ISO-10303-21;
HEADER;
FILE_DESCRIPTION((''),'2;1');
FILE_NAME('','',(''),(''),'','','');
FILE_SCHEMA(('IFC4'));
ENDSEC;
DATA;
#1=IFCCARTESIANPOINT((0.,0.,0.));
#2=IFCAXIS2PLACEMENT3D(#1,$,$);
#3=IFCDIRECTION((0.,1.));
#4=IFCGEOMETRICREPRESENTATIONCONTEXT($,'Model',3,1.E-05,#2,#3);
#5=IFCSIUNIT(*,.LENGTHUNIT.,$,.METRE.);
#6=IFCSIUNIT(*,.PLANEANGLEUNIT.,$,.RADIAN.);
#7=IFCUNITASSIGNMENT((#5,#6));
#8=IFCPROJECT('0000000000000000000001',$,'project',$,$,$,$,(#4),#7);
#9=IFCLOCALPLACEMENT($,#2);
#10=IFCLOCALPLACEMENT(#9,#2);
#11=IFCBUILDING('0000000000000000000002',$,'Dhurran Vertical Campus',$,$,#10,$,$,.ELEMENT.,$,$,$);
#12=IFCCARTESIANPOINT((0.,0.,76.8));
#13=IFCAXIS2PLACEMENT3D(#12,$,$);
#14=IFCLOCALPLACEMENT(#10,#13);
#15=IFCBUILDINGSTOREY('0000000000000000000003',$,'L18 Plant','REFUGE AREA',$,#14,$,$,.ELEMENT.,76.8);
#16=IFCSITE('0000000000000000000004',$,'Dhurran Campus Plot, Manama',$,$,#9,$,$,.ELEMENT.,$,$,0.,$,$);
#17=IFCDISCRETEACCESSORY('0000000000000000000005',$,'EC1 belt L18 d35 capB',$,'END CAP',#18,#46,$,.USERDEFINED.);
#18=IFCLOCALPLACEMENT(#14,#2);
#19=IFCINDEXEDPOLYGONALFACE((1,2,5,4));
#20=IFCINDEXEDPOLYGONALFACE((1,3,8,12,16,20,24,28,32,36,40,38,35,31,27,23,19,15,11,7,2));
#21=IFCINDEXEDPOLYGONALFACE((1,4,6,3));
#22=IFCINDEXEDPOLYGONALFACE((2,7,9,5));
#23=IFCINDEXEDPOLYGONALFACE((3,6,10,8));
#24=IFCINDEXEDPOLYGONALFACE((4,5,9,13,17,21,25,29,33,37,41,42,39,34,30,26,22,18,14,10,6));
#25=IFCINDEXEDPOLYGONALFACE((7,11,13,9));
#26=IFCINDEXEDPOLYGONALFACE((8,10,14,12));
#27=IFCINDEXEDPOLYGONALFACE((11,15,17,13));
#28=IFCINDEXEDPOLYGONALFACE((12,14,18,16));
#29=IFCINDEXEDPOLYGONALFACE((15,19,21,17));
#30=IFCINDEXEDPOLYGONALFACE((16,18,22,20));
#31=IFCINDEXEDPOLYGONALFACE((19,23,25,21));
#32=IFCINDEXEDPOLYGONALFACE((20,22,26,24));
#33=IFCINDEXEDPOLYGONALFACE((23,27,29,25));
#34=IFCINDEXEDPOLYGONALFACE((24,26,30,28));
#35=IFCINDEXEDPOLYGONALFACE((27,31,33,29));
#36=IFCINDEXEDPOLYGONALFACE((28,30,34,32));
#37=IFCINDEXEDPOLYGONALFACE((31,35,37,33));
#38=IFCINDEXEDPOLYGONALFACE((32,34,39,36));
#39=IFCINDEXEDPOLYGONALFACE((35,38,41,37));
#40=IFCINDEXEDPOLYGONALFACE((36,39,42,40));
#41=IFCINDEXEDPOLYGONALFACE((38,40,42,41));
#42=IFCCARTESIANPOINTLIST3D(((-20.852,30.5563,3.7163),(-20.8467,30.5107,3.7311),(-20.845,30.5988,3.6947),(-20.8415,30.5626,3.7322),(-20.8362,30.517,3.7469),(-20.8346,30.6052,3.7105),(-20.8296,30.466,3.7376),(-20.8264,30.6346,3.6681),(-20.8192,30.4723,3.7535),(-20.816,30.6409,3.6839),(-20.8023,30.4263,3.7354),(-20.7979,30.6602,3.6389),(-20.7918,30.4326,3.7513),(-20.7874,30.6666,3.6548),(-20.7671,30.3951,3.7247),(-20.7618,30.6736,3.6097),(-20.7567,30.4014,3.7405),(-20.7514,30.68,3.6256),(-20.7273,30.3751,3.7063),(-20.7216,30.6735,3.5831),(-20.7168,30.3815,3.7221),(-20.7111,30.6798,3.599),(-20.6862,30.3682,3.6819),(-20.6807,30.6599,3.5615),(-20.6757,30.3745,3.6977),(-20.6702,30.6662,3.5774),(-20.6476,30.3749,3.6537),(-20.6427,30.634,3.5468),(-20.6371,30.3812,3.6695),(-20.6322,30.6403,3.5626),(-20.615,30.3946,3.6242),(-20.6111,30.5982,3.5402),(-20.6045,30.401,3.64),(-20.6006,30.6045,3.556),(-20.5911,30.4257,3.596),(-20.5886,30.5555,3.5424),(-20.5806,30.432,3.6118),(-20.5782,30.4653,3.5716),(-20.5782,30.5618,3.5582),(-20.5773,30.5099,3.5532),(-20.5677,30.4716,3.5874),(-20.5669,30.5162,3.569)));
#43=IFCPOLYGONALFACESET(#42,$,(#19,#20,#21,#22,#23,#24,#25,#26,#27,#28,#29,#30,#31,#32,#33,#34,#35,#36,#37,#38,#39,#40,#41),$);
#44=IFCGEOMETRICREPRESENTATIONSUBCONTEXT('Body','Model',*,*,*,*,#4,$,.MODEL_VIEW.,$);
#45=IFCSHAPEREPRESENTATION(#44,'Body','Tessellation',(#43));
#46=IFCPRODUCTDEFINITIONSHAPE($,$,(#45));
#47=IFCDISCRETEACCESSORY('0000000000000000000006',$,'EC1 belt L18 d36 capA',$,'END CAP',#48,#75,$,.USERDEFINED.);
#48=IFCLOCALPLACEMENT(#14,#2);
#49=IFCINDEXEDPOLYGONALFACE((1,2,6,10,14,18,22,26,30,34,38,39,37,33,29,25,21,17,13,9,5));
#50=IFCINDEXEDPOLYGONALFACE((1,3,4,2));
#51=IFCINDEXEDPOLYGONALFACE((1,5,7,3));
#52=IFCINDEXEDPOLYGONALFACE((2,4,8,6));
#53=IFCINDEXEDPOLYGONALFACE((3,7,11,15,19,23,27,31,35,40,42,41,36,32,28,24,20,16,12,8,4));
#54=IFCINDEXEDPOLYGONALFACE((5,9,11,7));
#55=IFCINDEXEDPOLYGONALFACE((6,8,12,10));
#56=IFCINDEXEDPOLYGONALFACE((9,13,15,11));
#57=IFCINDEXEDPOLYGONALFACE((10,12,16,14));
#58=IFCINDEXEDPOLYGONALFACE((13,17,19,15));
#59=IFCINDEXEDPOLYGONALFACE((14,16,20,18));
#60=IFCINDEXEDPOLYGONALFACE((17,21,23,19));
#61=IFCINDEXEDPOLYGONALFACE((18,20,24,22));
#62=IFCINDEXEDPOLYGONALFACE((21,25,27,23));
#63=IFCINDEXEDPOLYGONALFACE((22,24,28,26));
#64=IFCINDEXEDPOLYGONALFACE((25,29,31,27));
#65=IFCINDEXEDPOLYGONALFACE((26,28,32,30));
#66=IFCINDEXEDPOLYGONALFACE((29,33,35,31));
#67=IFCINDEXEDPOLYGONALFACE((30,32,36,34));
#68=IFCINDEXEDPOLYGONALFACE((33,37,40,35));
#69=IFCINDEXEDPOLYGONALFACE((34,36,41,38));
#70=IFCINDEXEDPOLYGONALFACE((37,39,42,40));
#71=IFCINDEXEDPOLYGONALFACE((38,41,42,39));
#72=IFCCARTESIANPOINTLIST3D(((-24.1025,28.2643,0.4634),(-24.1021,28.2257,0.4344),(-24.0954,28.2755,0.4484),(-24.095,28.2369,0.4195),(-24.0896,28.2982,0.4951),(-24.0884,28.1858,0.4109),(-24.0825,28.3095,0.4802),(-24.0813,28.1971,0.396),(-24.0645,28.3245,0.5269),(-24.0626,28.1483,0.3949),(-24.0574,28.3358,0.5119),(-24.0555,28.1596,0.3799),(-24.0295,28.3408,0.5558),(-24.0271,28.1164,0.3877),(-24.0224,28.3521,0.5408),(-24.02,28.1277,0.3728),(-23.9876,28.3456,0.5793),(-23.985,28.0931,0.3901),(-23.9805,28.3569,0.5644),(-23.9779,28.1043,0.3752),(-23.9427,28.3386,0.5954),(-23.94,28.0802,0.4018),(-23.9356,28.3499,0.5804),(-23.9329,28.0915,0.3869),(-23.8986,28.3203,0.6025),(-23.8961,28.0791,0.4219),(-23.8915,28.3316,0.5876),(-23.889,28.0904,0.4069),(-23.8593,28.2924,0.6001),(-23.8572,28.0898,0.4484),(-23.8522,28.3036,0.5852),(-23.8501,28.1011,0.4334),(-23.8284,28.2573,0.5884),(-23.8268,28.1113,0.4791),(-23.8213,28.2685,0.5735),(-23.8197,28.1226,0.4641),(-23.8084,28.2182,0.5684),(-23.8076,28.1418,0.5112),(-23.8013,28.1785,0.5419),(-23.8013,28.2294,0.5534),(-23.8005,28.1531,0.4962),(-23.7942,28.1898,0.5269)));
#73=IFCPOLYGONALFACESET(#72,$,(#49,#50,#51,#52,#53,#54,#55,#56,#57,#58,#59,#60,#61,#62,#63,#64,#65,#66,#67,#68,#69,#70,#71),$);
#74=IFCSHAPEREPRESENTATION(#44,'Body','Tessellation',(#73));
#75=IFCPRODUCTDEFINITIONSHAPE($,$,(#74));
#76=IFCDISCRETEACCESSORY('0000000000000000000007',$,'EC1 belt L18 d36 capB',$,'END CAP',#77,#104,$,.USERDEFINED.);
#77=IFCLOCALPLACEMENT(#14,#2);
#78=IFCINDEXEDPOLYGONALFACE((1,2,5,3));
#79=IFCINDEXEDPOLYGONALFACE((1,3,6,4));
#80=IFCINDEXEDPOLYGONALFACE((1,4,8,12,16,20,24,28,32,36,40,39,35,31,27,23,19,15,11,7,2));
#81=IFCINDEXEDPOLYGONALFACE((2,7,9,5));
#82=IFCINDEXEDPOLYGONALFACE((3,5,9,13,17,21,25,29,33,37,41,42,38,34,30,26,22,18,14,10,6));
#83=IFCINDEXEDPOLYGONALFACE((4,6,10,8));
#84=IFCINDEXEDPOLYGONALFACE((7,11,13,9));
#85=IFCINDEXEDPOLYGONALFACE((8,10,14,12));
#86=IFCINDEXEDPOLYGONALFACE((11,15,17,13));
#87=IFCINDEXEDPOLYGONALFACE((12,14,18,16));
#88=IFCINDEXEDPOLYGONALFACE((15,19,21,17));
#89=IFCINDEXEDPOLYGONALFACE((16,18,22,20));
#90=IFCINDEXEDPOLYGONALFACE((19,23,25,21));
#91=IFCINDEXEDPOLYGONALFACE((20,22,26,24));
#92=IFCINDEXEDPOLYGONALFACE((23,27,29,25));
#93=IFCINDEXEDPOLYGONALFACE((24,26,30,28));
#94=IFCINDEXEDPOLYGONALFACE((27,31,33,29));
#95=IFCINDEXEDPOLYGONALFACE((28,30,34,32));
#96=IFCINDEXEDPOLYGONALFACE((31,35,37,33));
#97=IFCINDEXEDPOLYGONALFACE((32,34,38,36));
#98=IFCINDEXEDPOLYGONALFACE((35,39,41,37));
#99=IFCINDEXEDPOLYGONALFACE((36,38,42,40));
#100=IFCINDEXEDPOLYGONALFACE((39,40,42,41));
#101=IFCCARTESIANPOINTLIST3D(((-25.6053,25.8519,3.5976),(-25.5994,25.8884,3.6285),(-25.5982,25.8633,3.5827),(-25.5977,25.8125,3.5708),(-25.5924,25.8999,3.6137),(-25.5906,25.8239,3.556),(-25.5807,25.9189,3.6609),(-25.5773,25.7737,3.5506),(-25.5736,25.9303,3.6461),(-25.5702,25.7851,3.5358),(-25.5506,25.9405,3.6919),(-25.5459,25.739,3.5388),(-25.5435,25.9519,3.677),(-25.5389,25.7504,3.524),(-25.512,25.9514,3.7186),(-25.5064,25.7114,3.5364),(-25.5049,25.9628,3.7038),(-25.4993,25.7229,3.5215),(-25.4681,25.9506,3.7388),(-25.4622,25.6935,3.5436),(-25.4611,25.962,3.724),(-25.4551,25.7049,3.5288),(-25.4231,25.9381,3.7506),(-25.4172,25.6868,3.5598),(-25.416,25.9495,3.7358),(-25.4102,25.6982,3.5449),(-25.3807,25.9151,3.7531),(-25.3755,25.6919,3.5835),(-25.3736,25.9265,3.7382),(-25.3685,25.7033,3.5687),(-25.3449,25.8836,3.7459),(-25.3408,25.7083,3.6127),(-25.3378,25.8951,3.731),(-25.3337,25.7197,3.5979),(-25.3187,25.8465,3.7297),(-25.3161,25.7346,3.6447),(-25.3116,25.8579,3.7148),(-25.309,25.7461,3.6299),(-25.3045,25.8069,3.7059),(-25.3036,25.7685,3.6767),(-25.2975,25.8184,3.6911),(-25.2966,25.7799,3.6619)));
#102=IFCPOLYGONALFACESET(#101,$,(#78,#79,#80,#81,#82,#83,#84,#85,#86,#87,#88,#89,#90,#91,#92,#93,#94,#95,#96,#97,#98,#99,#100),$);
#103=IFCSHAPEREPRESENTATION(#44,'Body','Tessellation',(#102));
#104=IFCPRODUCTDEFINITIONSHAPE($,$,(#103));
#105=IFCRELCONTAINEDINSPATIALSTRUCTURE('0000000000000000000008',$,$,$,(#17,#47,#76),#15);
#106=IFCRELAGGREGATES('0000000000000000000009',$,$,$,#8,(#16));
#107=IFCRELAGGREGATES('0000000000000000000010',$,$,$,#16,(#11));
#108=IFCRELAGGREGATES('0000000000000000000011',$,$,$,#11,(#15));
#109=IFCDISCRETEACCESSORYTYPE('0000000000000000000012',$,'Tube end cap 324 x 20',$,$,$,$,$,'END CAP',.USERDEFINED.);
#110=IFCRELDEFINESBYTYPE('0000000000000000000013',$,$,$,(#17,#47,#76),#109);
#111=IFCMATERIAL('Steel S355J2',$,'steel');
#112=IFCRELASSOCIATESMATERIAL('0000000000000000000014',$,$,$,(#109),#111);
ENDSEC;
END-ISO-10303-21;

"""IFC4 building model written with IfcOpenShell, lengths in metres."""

from ifc_helpers import new_model, si_unit, direction, frame, origin, origin_2d, place, context, subcontext, project, spatial, circle, extrude, material, material_profile, profile_set, type_object, element, save


model = new_model("IFC4")

# Units and contexts
model_context = context("Model", 3, precision=1e-05, world=origin(), true_north=direction((0.0, 1.0)))
body_context = subcontext(model_context, "Body", "Model", "MODEL_VIEW")
ifc_project = project(units=[si_unit("LENGTHUNIT", "METRE"), si_unit("PLANEANGLEUNIT", "RADIAN")], contexts=[model_context])

# Site, building, storey
site_placement = place(None, origin())
site = spatial("IfcSite", under=ifc_project, at=site_placement, Name="Dhurran Campus Plot, Manama", CompositionType="ELEMENT", RefElevation=0.0)
building_placement = place(site_placement, origin())
building = spatial("IfcBuilding", under=site, at=building_placement, Name="Dhurran Vertical Campus", CompositionType="ELEMENT")
storey_placement = place(building_placement, frame((0.0, 0.0, 76.8)))
storey = spatial("IfcBuildingStorey", under=building, at=storey_placement, Name="L18 Plant", Description="REFUGE AREA", CompositionType="ELEMENT", Elevation=76.8)

# Discrete accessories
ifc_material_1 = material(Name="Steel S355J2", Category="steel")
ifc_material_profile_1 = material_profile(ifc_material_1, circle(Radius=0.1619, at=origin_2d()), Name="Tube end cap 324 x 20")
ifc_profile_set_1 = profile_set([ifc_material_profile_1], Name="Steel S355J2")
discrete_accessory_type = type_object("IfcDiscreteAccessoryType", Name="Tube end cap 324 x 20", ElementType="END CAP", PredefinedType="USERDEFINED", material=ifc_profile_set_1)
for number, where, z_axis, x_axis, name in (
    (1, (-20.7141, 30.5217, 3.6389), (0.523379, 0.316462, 0.791155), (-0.517419, 0.855732, 0.0), "EC1 belt L18 d35 capB"),
    (2, (-23.9526, 28.2119, 0.4951), (0.354874, 0.562904, -0.74646), (-0.845926, 0.533301, 0.0), "EC1 belt L18 d36 capA"),
    (3, (-25.4468, 25.8311, 3.6299), (-0.352429, -0.571178, 0.741316), (0.851036, -0.525107, 0.0), "EC1 belt L18 d36 capB"),
):
    element("IfcDiscreteAccessory", number, at=place(storey_placement, frame(where, z_axis=z_axis, x_axis=x_axis)), inside=storey, type_object=discrete_accessory_type, Name=name, ObjectType="END CAP", PredefinedType="USERDEFINED", context=body_context, shape_type="SweptSolid", body=[
        extrude(circle(Radius=0.1619, at=origin_2d()), origin(), (0.0, 0.0, 1.0), 0.02),
    ])

save(model, "model.ifc")
